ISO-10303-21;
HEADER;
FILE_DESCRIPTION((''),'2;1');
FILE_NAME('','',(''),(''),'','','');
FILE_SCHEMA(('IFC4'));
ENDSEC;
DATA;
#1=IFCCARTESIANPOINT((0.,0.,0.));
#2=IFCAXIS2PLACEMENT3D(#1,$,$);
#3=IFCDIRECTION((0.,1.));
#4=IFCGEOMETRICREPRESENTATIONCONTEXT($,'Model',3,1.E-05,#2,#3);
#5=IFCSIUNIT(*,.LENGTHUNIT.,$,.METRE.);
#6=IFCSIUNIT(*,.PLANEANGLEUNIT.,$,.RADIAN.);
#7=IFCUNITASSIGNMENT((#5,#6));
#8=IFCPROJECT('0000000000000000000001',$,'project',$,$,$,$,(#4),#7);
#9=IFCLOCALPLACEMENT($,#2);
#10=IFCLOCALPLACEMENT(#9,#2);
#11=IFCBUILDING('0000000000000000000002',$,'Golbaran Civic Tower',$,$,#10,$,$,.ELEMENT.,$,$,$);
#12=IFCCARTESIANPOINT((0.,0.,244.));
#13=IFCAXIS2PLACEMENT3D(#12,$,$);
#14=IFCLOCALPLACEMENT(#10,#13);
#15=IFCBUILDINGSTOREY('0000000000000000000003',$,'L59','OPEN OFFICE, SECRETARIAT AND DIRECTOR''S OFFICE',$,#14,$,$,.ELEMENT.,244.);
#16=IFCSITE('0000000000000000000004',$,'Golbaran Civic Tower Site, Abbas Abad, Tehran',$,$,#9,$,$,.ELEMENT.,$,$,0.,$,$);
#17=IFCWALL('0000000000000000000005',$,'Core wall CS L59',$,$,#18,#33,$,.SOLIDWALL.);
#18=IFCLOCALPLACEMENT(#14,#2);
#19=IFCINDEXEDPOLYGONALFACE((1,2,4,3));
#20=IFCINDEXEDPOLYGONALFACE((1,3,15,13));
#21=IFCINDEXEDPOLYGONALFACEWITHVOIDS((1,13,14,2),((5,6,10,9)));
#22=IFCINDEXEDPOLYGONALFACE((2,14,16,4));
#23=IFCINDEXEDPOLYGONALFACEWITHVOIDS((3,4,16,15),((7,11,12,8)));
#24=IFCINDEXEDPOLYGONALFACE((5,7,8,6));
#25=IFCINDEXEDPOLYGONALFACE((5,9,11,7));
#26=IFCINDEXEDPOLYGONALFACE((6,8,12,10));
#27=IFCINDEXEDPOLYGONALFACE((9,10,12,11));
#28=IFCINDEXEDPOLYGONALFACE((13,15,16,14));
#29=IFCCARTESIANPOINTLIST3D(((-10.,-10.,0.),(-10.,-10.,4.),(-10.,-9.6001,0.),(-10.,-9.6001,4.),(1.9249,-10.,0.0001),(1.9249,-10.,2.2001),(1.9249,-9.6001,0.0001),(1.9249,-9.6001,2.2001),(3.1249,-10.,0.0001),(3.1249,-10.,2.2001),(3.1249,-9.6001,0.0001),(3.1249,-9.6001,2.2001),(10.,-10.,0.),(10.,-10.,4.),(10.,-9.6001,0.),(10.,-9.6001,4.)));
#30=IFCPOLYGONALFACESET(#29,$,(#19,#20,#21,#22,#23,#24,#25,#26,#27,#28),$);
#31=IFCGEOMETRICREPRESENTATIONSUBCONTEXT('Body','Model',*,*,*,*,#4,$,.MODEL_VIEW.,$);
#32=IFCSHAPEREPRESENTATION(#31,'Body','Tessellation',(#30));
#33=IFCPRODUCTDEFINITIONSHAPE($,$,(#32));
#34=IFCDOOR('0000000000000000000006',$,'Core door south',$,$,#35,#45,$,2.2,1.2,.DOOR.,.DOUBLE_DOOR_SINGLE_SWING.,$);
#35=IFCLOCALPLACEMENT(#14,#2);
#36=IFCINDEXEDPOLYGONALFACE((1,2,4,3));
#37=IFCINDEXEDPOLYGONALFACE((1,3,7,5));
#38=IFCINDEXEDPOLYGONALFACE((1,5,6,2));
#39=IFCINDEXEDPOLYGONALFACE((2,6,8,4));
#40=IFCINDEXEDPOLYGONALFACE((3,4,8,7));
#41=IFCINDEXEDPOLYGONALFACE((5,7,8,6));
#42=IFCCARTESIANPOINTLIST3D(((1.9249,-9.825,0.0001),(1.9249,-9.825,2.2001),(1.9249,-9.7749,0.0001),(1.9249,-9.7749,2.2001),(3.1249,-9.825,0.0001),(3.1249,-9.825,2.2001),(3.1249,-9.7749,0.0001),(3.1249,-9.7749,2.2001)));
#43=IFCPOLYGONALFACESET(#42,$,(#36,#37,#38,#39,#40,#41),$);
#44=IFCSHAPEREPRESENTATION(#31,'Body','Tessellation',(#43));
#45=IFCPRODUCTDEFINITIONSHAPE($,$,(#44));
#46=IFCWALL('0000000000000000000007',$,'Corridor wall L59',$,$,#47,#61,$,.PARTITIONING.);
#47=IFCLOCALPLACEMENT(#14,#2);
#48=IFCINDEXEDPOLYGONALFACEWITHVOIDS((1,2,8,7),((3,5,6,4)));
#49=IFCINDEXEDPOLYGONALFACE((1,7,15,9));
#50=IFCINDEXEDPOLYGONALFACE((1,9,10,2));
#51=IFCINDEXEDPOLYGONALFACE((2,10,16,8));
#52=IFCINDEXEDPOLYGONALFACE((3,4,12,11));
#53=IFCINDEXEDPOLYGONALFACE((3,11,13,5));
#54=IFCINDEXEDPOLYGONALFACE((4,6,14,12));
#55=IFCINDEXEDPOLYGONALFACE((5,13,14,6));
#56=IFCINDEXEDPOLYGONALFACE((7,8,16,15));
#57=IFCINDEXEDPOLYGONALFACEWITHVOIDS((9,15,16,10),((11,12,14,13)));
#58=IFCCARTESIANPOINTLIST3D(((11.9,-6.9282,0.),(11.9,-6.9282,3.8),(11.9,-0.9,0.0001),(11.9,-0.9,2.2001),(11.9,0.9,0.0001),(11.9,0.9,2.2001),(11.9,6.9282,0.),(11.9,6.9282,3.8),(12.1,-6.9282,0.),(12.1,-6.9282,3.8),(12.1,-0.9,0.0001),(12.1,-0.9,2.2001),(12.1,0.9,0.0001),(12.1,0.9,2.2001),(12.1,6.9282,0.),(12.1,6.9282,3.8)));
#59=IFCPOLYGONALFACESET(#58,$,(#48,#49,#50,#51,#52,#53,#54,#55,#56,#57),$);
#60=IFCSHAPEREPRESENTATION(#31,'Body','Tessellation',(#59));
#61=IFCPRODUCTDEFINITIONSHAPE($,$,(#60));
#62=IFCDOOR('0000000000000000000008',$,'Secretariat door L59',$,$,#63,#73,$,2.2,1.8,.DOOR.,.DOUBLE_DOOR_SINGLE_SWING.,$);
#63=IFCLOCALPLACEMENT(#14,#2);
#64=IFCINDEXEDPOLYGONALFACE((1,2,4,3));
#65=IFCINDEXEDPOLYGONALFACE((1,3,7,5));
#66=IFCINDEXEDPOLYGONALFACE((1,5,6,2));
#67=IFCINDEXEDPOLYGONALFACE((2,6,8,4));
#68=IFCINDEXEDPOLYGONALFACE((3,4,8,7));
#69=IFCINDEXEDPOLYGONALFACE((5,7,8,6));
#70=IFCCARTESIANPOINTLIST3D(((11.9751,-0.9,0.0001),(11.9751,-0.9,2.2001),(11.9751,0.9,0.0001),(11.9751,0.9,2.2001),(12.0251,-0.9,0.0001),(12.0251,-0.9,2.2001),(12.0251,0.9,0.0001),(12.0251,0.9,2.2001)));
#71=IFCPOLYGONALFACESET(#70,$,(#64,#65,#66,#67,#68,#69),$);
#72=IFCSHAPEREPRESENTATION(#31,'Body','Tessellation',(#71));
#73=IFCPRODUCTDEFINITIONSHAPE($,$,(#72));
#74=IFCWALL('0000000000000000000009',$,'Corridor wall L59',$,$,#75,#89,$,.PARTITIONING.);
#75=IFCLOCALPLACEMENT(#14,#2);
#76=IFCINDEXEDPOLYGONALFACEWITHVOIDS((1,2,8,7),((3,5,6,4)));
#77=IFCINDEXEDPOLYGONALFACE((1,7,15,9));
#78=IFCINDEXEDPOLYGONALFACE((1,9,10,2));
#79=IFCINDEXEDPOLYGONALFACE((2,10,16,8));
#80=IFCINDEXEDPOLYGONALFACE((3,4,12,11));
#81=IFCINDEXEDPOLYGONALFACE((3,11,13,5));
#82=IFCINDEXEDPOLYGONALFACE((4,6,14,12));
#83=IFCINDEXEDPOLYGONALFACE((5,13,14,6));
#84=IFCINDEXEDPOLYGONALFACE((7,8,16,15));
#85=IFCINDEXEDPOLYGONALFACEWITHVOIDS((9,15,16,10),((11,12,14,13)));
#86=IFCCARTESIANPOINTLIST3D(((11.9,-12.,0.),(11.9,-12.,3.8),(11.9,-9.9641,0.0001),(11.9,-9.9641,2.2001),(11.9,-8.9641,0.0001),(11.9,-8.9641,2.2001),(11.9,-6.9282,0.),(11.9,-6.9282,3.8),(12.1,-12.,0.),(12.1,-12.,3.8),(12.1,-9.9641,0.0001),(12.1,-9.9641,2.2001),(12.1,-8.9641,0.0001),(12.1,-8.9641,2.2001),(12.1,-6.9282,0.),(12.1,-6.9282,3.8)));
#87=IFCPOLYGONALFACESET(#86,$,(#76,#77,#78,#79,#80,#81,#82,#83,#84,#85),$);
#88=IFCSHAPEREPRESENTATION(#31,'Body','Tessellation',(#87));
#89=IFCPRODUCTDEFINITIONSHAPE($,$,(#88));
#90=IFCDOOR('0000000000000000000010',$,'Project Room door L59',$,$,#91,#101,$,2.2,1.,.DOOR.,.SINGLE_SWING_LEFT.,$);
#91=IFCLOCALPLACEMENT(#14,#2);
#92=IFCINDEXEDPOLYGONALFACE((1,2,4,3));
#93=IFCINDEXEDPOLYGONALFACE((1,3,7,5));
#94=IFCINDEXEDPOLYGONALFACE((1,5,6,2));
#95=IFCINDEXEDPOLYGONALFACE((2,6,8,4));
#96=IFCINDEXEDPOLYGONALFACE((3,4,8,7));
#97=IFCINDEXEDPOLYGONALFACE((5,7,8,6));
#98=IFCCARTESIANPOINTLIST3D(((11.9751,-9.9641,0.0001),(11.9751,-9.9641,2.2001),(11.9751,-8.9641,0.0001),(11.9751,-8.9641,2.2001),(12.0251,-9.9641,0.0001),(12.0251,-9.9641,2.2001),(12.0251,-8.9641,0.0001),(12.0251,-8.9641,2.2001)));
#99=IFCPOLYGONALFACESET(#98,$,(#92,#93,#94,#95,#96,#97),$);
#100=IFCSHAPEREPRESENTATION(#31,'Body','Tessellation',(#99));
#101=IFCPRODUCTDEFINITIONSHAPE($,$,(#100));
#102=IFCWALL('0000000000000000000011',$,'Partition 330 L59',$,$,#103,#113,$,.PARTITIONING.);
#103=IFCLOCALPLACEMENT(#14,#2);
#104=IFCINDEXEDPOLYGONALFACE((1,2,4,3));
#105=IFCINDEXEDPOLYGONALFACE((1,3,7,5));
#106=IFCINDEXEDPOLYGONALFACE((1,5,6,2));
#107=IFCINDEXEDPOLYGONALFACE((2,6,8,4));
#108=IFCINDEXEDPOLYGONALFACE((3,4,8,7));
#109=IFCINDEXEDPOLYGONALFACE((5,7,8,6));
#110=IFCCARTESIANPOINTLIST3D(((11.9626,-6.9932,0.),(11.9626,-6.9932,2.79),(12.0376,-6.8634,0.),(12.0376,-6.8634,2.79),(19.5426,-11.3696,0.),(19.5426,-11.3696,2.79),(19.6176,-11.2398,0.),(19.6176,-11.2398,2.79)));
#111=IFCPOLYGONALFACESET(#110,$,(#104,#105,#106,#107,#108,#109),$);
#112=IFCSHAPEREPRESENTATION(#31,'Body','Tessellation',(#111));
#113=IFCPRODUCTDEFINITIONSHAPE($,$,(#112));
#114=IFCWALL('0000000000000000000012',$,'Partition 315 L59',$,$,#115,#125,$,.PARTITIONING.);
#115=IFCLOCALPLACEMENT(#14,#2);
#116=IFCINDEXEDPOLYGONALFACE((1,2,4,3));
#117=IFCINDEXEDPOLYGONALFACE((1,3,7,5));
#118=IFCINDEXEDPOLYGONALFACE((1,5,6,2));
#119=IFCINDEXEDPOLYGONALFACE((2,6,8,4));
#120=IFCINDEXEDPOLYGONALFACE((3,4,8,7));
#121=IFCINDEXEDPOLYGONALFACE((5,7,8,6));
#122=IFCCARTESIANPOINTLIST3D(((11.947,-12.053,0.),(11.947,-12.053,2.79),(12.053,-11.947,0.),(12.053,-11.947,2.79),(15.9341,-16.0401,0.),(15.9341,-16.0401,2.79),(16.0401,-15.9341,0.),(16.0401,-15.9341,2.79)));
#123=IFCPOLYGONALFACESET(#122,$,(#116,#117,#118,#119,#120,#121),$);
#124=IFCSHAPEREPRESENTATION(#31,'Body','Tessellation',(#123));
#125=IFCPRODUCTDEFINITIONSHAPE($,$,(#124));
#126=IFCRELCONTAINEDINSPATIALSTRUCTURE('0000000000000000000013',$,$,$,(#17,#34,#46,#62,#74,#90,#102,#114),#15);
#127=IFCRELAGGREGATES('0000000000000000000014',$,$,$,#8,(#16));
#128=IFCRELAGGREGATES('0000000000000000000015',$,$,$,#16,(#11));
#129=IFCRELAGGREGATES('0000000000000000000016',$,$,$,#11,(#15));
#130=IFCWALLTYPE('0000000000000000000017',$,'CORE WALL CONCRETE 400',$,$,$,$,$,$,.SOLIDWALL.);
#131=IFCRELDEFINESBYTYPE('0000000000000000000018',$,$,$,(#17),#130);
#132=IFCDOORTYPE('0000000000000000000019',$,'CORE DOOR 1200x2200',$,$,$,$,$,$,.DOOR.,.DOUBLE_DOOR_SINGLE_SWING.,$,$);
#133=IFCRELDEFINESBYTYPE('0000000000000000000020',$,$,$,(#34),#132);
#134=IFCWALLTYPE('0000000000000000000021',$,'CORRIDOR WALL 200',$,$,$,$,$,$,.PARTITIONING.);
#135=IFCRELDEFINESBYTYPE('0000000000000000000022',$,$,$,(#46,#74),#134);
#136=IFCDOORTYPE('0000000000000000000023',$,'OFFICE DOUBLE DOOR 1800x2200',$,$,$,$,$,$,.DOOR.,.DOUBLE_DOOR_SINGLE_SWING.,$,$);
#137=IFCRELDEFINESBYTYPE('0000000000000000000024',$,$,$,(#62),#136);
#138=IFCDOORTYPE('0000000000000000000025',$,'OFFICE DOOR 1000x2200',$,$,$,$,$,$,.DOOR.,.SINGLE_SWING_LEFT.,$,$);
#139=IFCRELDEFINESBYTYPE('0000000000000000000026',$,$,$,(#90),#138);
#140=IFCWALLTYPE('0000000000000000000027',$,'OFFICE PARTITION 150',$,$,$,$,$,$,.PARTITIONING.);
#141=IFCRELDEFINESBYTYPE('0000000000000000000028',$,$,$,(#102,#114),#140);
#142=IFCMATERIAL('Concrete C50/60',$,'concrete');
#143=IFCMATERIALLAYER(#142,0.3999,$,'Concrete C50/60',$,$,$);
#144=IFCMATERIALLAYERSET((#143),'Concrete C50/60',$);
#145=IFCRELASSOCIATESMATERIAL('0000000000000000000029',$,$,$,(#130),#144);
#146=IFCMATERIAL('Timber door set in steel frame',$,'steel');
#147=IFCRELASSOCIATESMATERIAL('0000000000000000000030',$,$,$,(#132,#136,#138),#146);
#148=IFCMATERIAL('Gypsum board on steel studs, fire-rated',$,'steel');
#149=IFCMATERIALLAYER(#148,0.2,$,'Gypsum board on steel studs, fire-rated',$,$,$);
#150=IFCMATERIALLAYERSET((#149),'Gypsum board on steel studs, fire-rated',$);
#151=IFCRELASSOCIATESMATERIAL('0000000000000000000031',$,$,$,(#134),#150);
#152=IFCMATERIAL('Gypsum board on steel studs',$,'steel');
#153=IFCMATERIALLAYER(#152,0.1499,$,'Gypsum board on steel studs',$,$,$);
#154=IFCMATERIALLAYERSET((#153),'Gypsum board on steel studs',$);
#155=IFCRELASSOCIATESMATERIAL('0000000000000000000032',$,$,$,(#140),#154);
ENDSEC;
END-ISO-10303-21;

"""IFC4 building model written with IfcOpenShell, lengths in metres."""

from ifc_helpers import new_model, si_unit, direction, frame, frame_2d, origin, place, context, subcontext, project, spatial, rectangle, extrude, material, layer, layer_set, type_object, element, fill, save


model = new_model("IFC4")

# Units and contexts
model_context = context("Model", 3, precision=1e-05, world=origin(), true_north=direction((0.0, 1.0)))
body_context = subcontext(model_context, "Body", "Model", "MODEL_VIEW")
ifc_project = project(units=[si_unit("LENGTHUNIT", "METRE"), si_unit("PLANEANGLEUNIT", "RADIAN")], contexts=[model_context])

# Site, building, storey
site_placement = place(None, origin())
site = spatial("IfcSite", under=ifc_project, at=site_placement, Name="Golbaran Civic Tower Site, Abbas Abad, Tehran", CompositionType="ELEMENT", RefElevation=0.0)
building_placement = place(site_placement, origin())
building = spatial("IfcBuilding", under=site, at=building_placement, Name="Golbaran Civic Tower", CompositionType="ELEMENT")
storey_placement = place(building_placement, frame((0.0, 0.0, 244.0)))
storey = spatial("IfcBuildingStorey", under=building, at=storey_placement, Name="L59", Description="OPEN OFFICE, SECRETARIAT AND DIRECTOR'S OFFICE", CompositionType="ELEMENT", Elevation=244.0)

# Walls, openings, doors
ifc_material_1 = material(Name="Concrete C50/60", Category="concrete")
ifc_layer_1 = layer(ifc_material_1, 0.3999, Name="Concrete C50/60")
ifc_layer_set_1 = layer_set([ifc_layer_1], Name="Concrete C50/60")
wall_type_1 = type_object("IfcWallType", Name="CORE WALL CONCRETE 400", PredefinedType="SOLIDWALL", material=ifc_layer_set_1)
wall_1_placement = place(storey_placement, frame((10.0, -9.8, 0.0), z_axis=(0.0, 0.0, 1.0), x_axis=(-1.0, 0.0, 0.0)))
wall_1 = element("IfcWall", 1, at=wall_1_placement, inside=storey, type_object=wall_type_1, Name="Core wall CS L59", PredefinedType="SOLIDWALL", context=body_context, shape_type="SweptSolid", body=[
    extrude(rectangle(XDim=20.0, YDim=0.3999, at=frame_2d((10.0, 0.0))), origin(), (0.0, 0.0, 1.0), 4.0),
])
opening_1_placement = place(wall_1_placement, frame((6.875, 0.0, 0.0)))
opening_1 = element("IfcOpeningElement", 2, at=opening_1_placement, cuts=wall_1, PredefinedType="OPENING", context=body_context, shape_type="SweptSolid", body=[
    extrude(rectangle(XDim=1.2, YDim=2.2, at=frame_2d((0.6001, 1.1001))), frame((0.0, 0.21, 0.0), z_axis=(0.0, -1.0, 0.0), x_axis=(1.0, 0.0, 0.0)), (0.0, 0.0, 1.0), 0.4199),
])
ifc_material_2 = material(Name="Timber door set in steel frame", Category="steel")
door_type_1 = type_object("IfcDoorType", Name="CORE DOOR 1200x2200", OperationType="DOUBLE_DOOR_SINGLE_SWING", PredefinedType="DOOR", material=ifc_material_2)
door_1_placement = place(opening_1_placement, origin())
door_1 = element("IfcDoor", 3, at=door_1_placement, inside=storey, type_object=door_type_1, Name="Core door south", OperationType="DOUBLE_DOOR_SINGLE_SWING", OverallHeight=2.2, OverallWidth=1.2, PredefinedType="DOOR", context=body_context, shape_type="SweptSolid", body=[
    extrude(rectangle(XDim=1.2, YDim=2.2, at=frame_2d((0.6001, 1.1001))), frame((0.0, 0.0249, 0.0), z_axis=(0.0, -1.0, 0.0), x_axis=(1.0, 0.0, 0.0)), (0.0, 0.0, 1.0), 0.05),
])
fill(opening_1, door_1)
ifc_material_3 = material(Name="Gypsum board on steel studs, fire-rated", Category="steel")
ifc_layer_2 = layer(ifc_material_3, 0.2, Name="Gypsum board on steel studs, fire-rated")
ifc_layer_set_2 = layer_set([ifc_layer_2], Name="Gypsum board on steel studs, fire-rated")
wall_type_2 = type_object("IfcWallType", Name="CORRIDOR WALL 200", PredefinedType="PARTITIONING", material=ifc_layer_set_2)
wall_2_placement = place(storey_placement, frame((12.0, -6.9282, 0.0), z_axis=(0.0, 0.0, 1.0), x_axis=(0.0, 1.0, 0.0)))
wall_2 = element("IfcWall", 4, at=wall_2_placement, inside=storey, type_object=wall_type_2, Name="Corridor wall L59", PredefinedType="PARTITIONING", context=body_context, shape_type="SweptSolid", body=[
    extrude(rectangle(XDim=13.8564, YDim=0.2, at=frame_2d((6.9282, 0.0))), origin(), (0.0, 0.0, 1.0), 3.8),
])
opening_2_placement = place(wall_2_placement, frame((6.0283, 0.0, 0.0)))
opening_2 = element("IfcOpeningElement", 5, at=opening_2_placement, cuts=wall_2, PredefinedType="OPENING", context=body_context, shape_type="SweptSolid", body=[
    extrude(rectangle(XDim=1.8, YDim=2.2, at=frame_2d((0.8999, 1.1001))), frame((0.0, 0.1099, 0.0), z_axis=(0.0, -1.0, 0.0), x_axis=(1.0, 0.0, 0.0)), (0.0, 0.0, 1.0), 0.22),
])
door_type_2 = type_object("IfcDoorType", Name="OFFICE DOUBLE DOOR 1800x2200", OperationType="DOUBLE_DOOR_SINGLE_SWING", PredefinedType="DOOR", material=ifc_material_2)
door_2_placement = place(opening_2_placement, origin())
door_2 = element("IfcDoor", 6, at=door_2_placement, inside=storey, type_object=door_type_2, Name="Secretariat door L59", OperationType="DOUBLE_DOOR_SINGLE_SWING", OverallHeight=2.2, OverallWidth=1.8, PredefinedType="DOOR", context=body_context, shape_type="SweptSolid", body=[
    extrude(rectangle(XDim=1.8, YDim=2.2, at=frame_2d((0.8999, 1.1001))), frame((0.0, 0.0249, 0.0), z_axis=(0.0, -1.0, 0.0), x_axis=(1.0, 0.0, 0.0)), (0.0, 0.0, 1.0), 0.05),
])
fill(opening_2, door_2)
wall_3_placement = place(storey_placement, frame((12.0, -12.0, 0.0), z_axis=(0.0, 0.0, 1.0), x_axis=(0.0, 1.0, 0.0)))
wall_3 = element("IfcWall", 7, at=wall_3_placement, inside=storey, type_object=wall_type_2, Name="Corridor wall L59", PredefinedType="PARTITIONING", context=body_context, shape_type="SweptSolid", body=[
    extrude(rectangle(XDim=5.0718, YDim=0.2, at=frame_2d((2.5359, 0.0))), origin(), (0.0, 0.0, 1.0), 3.8),
])
opening_3_placement = place(wall_3_placement, frame((2.0359, 0.0, 0.0)))
opening_3 = element("IfcOpeningElement", 8, at=opening_3_placement, cuts=wall_3, PredefinedType="OPENING", context=body_context, shape_type="SweptSolid", body=[
    extrude(rectangle(XDim=1.0, YDim=2.2, at=frame_2d((0.5, 1.1001))), frame((0.0, 0.1099, 0.0), z_axis=(0.0, -1.0, 0.0), x_axis=(1.0, 0.0, 0.0)), (0.0, 0.0, 1.0), 0.22),
])
door_type_3 = type_object("IfcDoorType", Name="OFFICE DOOR 1000x2200", OperationType="SINGLE_SWING_LEFT", PredefinedType="DOOR", material=ifc_material_2)
door_3_placement = place(opening_3_placement, origin())
door_3 = element("IfcDoor", 9, at=door_3_placement, inside=storey, type_object=door_type_3, Name="Project Room door L59", OperationType="SINGLE_SWING_LEFT", OverallHeight=2.2, OverallWidth=1.0, PredefinedType="DOOR", context=body_context, shape_type="SweptSolid", body=[
    extrude(rectangle(XDim=1.0, YDim=2.2, at=frame_2d((0.5, 1.1001))), frame((0.0, 0.0249, 0.0), z_axis=(0.0, -1.0, 0.0), x_axis=(1.0, 0.0, 0.0)), (0.0, 0.0, 1.0), 0.05),
])
fill(opening_3, door_3)

# Walls
ifc_material_4 = material(Name="Gypsum board on steel studs", Category="steel")
ifc_layer_3 = layer(ifc_material_4, 0.1499, Name="Gypsum board on steel studs")
ifc_layer_set_3 = layer_set([ifc_layer_3], Name="Gypsum board on steel studs")
wall_type_3 = type_object("IfcWallType", Name="OFFICE PARTITION 150", PredefinedType="PARTITIONING", material=ifc_layer_set_3)
wall_4_placement = place(storey_placement, frame((12.0, -6.9282, 0.0), z_axis=(0.0, 0.0, 1.0), x_axis=(0.86602, -0.500009, 0.0)))
element("IfcWall", 10, at=wall_4_placement, inside=storey, type_object=wall_type_3, Name="Partition 330 L59", PredefinedType="PARTITIONING", context=body_context, shape_type="SweptSolid", body=[
    extrude(rectangle(XDim=8.7527, YDim=0.1499, at=frame_2d((4.3765, 0.0))), origin(), (0.0, 0.0, 1.0), 2.79),
])
wall_5_placement = place(storey_placement, frame((12.0, -12.0, 0.0), z_axis=(0.0, 0.0, 1.0), x_axis=(0.707107, -0.707107, 0.0)))
element("IfcWall", 11, at=wall_5_placement, inside=storey, type_object=wall_type_3, Name="Partition 315 L59", PredefinedType="PARTITIONING", context=body_context, shape_type="SweptSolid", body=[
    extrude(rectangle(XDim=5.6387, YDim=0.1499, at=frame_2d((2.8193, 0.0))), origin(), (0.0, 0.0, 1.0), 2.79),
])

save(model, "model.ifc")
